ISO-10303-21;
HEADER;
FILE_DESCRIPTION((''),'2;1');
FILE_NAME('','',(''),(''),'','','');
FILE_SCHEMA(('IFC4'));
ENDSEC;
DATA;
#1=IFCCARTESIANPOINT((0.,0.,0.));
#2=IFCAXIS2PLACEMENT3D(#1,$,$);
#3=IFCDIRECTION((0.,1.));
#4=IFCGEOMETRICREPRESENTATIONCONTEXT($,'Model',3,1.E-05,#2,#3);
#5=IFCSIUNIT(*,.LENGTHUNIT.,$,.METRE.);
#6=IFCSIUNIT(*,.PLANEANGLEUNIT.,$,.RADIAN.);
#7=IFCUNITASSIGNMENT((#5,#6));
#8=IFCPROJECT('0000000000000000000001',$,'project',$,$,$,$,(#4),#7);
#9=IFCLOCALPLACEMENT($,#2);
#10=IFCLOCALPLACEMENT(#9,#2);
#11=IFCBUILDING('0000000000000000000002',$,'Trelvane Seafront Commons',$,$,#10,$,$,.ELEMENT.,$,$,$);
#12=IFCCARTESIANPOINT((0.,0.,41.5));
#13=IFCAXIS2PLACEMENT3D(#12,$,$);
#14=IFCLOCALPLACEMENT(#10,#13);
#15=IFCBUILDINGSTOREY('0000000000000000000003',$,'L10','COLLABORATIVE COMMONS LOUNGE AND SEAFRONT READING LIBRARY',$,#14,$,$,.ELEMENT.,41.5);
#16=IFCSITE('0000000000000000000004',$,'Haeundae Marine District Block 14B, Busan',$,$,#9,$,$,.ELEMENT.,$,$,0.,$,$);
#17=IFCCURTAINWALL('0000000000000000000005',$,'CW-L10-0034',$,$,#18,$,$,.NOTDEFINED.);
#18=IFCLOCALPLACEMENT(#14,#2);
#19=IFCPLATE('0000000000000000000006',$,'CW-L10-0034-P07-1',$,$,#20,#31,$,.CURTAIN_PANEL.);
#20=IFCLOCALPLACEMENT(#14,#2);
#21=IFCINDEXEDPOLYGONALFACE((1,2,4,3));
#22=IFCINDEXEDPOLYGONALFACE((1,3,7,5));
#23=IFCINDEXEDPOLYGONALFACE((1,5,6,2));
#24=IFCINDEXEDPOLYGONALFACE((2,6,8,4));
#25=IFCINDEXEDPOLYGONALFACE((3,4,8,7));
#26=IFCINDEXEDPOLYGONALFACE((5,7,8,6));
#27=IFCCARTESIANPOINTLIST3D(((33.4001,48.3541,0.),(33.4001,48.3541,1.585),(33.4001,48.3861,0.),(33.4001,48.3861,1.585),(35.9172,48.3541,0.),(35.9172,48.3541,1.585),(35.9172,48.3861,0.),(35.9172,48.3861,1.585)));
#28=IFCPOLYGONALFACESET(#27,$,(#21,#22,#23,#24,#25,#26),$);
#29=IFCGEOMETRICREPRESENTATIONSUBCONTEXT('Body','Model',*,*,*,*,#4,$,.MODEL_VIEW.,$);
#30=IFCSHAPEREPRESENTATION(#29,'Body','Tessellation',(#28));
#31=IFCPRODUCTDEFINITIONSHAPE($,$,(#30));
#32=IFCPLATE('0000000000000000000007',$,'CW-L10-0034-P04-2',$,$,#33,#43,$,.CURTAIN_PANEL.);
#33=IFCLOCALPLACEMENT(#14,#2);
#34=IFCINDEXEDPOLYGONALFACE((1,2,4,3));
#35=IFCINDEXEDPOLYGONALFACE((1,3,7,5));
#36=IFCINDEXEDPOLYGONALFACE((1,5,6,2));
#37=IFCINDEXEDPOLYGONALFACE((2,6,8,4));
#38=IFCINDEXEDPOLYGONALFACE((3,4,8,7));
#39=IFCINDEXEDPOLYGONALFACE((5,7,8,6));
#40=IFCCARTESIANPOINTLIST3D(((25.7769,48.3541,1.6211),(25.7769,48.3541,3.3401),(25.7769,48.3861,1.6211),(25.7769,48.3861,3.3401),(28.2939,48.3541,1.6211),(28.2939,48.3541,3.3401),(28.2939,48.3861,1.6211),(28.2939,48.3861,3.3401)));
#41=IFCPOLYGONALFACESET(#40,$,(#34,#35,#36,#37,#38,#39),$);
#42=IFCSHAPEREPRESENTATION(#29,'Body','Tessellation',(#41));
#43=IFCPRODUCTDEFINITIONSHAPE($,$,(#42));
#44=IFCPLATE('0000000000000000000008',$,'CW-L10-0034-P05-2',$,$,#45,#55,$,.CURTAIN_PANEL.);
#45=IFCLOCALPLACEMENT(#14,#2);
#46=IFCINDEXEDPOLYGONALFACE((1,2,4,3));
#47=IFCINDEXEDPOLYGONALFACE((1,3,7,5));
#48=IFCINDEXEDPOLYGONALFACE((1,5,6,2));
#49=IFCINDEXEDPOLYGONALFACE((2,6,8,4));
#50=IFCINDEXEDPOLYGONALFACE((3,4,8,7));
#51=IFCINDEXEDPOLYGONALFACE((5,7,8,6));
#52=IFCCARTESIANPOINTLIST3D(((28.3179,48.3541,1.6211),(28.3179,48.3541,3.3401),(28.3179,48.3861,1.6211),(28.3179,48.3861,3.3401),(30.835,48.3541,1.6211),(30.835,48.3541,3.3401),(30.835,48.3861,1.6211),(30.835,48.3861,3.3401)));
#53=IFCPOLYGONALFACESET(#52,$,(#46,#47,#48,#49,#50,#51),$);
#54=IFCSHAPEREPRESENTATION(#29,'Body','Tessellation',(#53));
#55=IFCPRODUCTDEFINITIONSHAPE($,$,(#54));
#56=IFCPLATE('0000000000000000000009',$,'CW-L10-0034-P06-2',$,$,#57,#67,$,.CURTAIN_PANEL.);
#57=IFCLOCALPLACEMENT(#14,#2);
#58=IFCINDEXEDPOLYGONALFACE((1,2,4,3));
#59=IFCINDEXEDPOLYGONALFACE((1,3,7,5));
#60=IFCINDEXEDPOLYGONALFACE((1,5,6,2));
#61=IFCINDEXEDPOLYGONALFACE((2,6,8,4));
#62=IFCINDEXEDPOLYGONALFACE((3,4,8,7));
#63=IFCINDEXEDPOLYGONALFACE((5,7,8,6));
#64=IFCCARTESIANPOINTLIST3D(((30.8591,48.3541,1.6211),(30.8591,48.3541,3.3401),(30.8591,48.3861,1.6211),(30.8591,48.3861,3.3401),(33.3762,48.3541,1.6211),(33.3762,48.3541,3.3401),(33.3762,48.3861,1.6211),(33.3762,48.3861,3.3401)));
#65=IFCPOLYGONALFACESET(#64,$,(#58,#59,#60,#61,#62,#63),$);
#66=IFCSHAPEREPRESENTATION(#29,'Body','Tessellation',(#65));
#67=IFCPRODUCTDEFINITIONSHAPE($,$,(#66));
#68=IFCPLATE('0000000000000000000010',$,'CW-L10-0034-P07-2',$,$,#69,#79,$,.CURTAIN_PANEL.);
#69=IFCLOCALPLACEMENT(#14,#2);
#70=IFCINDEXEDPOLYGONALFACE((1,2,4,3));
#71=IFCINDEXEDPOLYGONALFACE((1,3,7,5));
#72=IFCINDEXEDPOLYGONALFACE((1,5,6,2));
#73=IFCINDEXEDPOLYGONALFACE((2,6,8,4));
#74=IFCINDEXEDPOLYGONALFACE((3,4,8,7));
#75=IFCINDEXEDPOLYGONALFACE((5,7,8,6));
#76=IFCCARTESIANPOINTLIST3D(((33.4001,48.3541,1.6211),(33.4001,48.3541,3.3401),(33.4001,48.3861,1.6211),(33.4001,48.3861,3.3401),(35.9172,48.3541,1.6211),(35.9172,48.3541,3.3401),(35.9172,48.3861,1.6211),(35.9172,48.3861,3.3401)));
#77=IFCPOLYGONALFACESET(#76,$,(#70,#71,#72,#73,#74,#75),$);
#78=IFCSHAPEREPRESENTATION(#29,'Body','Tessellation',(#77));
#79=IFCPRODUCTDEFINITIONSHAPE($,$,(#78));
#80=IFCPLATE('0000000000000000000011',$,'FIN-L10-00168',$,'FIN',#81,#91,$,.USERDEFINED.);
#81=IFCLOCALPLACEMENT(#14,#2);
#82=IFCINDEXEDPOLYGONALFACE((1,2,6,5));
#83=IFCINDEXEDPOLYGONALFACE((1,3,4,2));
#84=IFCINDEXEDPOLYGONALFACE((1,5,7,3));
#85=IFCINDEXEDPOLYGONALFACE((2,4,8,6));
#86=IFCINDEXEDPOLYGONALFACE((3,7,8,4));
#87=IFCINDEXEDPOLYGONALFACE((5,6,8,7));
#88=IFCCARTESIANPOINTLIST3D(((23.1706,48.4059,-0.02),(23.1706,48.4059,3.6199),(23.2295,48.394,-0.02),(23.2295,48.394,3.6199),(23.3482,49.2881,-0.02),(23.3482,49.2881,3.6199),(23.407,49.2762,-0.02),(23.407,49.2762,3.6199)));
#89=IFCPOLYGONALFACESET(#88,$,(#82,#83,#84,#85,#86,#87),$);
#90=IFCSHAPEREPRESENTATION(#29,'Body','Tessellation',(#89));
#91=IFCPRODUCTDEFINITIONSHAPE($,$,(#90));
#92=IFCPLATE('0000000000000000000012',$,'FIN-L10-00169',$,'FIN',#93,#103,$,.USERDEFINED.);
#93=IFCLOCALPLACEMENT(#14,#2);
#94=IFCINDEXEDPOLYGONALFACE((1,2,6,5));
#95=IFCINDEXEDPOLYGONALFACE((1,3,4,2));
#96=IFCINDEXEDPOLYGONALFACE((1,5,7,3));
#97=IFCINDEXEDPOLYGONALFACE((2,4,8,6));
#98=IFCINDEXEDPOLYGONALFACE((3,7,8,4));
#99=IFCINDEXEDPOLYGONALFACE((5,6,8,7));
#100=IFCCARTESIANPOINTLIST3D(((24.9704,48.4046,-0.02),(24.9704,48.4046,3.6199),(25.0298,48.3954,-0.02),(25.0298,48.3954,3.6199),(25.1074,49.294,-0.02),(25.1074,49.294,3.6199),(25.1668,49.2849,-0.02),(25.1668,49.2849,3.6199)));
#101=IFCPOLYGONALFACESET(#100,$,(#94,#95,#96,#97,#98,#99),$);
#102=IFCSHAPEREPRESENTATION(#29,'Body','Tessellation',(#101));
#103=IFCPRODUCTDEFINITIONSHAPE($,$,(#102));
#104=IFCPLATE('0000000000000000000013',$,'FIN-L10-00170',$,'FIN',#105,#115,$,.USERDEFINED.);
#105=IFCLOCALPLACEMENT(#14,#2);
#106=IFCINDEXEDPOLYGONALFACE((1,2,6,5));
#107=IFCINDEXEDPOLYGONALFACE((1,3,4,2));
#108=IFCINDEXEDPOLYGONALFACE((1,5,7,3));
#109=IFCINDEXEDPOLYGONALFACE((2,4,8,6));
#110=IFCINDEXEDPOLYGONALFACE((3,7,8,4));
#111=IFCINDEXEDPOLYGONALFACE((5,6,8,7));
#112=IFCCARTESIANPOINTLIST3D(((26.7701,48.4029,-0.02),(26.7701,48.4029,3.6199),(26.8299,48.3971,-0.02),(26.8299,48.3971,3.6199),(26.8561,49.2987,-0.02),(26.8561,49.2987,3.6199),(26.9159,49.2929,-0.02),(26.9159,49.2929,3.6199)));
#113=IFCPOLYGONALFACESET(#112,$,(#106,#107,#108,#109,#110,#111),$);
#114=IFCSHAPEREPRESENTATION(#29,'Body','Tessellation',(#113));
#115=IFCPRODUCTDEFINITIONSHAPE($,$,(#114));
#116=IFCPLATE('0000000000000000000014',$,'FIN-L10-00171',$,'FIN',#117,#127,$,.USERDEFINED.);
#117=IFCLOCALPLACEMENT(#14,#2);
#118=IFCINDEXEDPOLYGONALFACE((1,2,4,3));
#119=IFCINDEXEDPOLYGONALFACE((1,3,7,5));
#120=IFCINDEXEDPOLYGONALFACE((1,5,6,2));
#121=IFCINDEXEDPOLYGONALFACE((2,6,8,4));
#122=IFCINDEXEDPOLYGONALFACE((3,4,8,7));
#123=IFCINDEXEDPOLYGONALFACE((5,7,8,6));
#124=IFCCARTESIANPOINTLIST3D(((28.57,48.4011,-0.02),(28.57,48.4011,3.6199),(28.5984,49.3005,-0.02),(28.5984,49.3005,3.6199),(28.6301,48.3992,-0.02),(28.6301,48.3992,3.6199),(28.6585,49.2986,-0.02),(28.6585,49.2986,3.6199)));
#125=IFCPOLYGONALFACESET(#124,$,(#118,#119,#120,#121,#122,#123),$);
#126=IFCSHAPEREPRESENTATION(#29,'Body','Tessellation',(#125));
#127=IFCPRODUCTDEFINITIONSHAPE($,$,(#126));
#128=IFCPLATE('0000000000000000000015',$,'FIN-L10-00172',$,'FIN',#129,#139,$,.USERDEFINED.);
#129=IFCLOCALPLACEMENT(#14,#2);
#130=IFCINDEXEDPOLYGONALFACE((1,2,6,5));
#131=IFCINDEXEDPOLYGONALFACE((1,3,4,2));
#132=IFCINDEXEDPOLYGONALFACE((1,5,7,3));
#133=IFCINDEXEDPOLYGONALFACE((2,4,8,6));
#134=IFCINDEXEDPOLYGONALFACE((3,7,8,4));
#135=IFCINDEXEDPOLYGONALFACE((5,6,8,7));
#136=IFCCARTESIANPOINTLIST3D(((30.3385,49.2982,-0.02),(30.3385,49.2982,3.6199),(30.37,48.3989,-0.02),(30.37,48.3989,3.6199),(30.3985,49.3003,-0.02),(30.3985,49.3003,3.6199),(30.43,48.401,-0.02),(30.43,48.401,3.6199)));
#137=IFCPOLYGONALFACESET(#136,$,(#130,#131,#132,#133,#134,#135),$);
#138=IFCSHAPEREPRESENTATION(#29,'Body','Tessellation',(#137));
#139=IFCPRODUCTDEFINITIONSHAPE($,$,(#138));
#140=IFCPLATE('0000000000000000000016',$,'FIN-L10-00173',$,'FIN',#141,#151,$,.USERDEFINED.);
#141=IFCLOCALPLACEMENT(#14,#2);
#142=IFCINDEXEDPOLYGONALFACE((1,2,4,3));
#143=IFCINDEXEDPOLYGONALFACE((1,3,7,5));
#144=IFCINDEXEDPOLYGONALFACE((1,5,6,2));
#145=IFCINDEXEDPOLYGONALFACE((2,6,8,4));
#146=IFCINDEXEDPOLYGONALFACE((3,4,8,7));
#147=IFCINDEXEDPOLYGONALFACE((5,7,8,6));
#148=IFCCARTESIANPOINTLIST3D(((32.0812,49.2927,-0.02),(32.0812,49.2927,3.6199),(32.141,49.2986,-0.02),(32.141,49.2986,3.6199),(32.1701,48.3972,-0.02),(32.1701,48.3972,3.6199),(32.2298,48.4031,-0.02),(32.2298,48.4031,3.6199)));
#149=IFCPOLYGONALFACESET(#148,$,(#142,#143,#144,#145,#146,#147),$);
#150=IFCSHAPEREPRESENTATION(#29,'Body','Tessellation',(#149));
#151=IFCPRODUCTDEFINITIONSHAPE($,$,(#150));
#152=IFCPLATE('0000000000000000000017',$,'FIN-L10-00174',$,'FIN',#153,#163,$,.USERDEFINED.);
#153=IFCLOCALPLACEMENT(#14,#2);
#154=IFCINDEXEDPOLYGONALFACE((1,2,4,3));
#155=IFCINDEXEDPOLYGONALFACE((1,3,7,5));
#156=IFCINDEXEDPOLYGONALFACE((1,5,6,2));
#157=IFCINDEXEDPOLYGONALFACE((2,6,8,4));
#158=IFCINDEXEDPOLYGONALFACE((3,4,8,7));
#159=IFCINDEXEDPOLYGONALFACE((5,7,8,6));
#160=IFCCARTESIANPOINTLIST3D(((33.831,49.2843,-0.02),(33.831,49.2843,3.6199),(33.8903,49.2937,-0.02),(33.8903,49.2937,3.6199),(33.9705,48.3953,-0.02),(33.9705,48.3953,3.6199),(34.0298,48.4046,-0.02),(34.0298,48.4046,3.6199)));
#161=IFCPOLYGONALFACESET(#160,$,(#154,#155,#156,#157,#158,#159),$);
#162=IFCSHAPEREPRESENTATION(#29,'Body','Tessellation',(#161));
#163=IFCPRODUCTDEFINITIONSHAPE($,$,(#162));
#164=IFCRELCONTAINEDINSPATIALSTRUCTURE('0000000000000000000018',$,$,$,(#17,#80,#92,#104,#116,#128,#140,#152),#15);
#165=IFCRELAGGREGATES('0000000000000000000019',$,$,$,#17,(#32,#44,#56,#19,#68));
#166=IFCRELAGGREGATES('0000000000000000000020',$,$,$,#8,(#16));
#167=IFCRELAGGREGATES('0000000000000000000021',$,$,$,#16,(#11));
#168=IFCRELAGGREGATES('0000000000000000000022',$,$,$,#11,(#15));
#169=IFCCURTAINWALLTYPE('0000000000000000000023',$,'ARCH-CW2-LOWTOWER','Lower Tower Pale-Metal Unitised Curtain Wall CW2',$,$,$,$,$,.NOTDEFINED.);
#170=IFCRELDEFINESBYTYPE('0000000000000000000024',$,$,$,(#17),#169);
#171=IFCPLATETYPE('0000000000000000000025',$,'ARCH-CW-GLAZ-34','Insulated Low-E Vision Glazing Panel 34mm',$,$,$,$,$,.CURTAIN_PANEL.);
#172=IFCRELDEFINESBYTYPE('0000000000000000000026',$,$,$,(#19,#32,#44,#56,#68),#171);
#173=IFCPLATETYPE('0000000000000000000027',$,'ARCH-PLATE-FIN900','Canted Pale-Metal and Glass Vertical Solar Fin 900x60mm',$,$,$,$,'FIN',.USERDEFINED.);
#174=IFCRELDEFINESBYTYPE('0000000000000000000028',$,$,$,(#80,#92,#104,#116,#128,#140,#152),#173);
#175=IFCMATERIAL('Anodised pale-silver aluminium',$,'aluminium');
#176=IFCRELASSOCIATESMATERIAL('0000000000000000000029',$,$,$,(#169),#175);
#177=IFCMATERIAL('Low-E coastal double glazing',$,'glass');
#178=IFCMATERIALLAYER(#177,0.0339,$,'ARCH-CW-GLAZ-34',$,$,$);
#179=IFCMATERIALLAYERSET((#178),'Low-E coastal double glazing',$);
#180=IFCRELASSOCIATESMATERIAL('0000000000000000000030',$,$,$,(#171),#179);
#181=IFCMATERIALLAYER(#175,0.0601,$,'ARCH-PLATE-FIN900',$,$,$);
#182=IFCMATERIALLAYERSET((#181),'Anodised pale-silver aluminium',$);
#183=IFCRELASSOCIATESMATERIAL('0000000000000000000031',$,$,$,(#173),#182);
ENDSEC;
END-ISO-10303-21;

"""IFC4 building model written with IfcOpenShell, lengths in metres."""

from ifc_helpers import new_model, si_unit, direction, frame, origin, origin_2d, place, context, subcontext, project, spatial, rectangle, extrude, source, transform, mapped, material, layer, layer_set, type_object, element, aggregate, save


model = new_model("IFC4")

# Units and contexts
model_context = context("Model", 3, precision=1e-05, world=origin(), true_north=direction((0.0, 1.0)))
body_context = subcontext(model_context, "Body", "Model", "MODEL_VIEW")
ifc_project = project(units=[si_unit("LENGTHUNIT", "METRE"), si_unit("PLANEANGLEUNIT", "RADIAN")], contexts=[model_context])

# Site, building, storey
site_placement = place(None, origin())
site = spatial("IfcSite", under=ifc_project, at=site_placement, Name="Haeundae Marine District Block 14B, Busan", CompositionType="ELEMENT", RefElevation=0.0)
building_placement = place(site_placement, origin())
building = spatial("IfcBuilding", under=site, at=building_placement, Name="Trelvane Seafront Commons", CompositionType="ELEMENT")
storey_placement = place(building_placement, frame((0.0, 0.0, 41.5)))
storey = spatial("IfcBuildingStorey", under=building, at=storey_placement, Name="L10", Description="COLLABORATIVE COMMONS LOUNGE AND SEAFRONT READING LIBRARY", CompositionType="ELEMENT", Elevation=41.5)

# Curtain wall, plates
ifc_material_1 = material(Name="Anodised pale-silver aluminium", Category="aluminium")
curtain_wall_type = type_object("IfcCurtainWallType", Name="ARCH-CW2-LOWTOWER", Description="Lower Tower Pale-Metal Unitised Curtain Wall CW2", PredefinedType="NOTDEFINED", material=ifc_material_1)
curtain_wall_placement = place(storey_placement, origin())
curtain_wall = element("IfcCurtainWall", 1, at=curtain_wall_placement, inside=storey, type_object=curtain_wall_type, Name="CW-L10-0034", PredefinedType="NOTDEFINED")
ifc_material_2 = material(Name="Low-E coastal double glazing", Category="glass")
ifc_layer_1 = layer(ifc_material_2, 0.0339, Name="ARCH-CW-GLAZ-34")
ifc_layer_set_1 = layer_set([ifc_layer_1], Name="Low-E coastal double glazing")
plate_type_1 = type_object("IfcPlateType", Name="ARCH-CW-GLAZ-34", Description="Insulated Low-E Vision Glazing Panel 34mm", PredefinedType="CURTAIN_PANEL", material=ifc_layer_set_1)
shared_shape_1 = source(origin(), body_context, "Body", "SweptSolid", [
    extrude(rectangle(XDim=2.5171, YDim=0.032, at=origin_2d()), origin(), (0.0, 0.0, 1.0), 1.585),
])
plate_1_placement = place(storey_placement, frame((34.6587, 48.3701, 0.0), z_axis=(0.0, 0.0, 1.0), x_axis=(1.0, 0.0, 0.0)))
plate_1 = element("IfcPlate", 2, at=plate_1_placement, type_object=plate_type_1, Name="CW-L10-0034-P07-1", PredefinedType="CURTAIN_PANEL", context=body_context, shape_type="MappedRepresentation", body=[
    mapped(shared_shape_1, transform((0.0, 0.0, 0.0), x_axis=(1.0, 0.0, 0.0), y_axis=(0.0, 1.0, 0.0), z_axis=(0.0, 0.0, 1.0), scale=1.0)),
])
shared_shape_2 = source(origin(), body_context, "Body", "SweptSolid", [
    extrude(rectangle(XDim=2.5171, YDim=0.032, at=origin_2d()), origin(), (0.0, 0.0, 1.0), 1.719),
])
plate_2_placement = place(storey_placement, frame((27.0354, 48.3701, 1.6211), z_axis=(0.0, 0.0, 1.0), x_axis=(1.0, 0.0, 0.0)))
plate_2 = element("IfcPlate", 3, at=plate_2_placement, type_object=plate_type_1, Name="CW-L10-0034-P04-2", PredefinedType="CURTAIN_PANEL", context=body_context, shape_type="MappedRepresentation", body=[
    mapped(shared_shape_2, transform((0.0, 0.0, 0.0), x_axis=(1.0, 0.0, 0.0), y_axis=(0.0, 1.0, 0.0), z_axis=(0.0, 0.0, 1.0), scale=1.0)),
])
plate_3_placement = place(storey_placement, frame((29.5764, 48.3701, 1.6211), z_axis=(0.0, 0.0, 1.0), x_axis=(1.0, 0.0, 0.0)))
plate_3 = element("IfcPlate", 4, at=plate_3_placement, type_object=plate_type_1, Name="CW-L10-0034-P05-2", PredefinedType="CURTAIN_PANEL", context=body_context, shape_type="MappedRepresentation", body=[
    mapped(shared_shape_2, transform((0.0, 0.0, 0.0), x_axis=(1.0, 0.0, 0.0), y_axis=(0.0, 1.0, 0.0), z_axis=(0.0, 0.0, 1.0), scale=1.0)),
])
plate_4_placement = place(storey_placement, frame((32.1177, 48.3701, 1.6211), z_axis=(0.0, 0.0, 1.0), x_axis=(1.0, 0.0, 0.0)))
plate_4 = element("IfcPlate", 5, at=plate_4_placement, type_object=plate_type_1, Name="CW-L10-0034-P06-2", PredefinedType="CURTAIN_PANEL", context=body_context, shape_type="MappedRepresentation", body=[
    mapped(shared_shape_2, transform((0.0, 0.0, 0.0), x_axis=(1.0, 0.0, 0.0), y_axis=(0.0, 1.0, 0.0), z_axis=(0.0, 0.0, 1.0), scale=1.0)),
])
plate_5_placement = place(storey_placement, frame((34.6587, 48.3701, 1.6211), z_axis=(0.0, 0.0, 1.0), x_axis=(1.0, 0.0, 0.0)))
plate_5 = element("IfcPlate", 6, at=plate_5_placement, type_object=plate_type_1, Name="CW-L10-0034-P07-2", PredefinedType="CURTAIN_PANEL", context=body_context, shape_type="MappedRepresentation", body=[
    mapped(shared_shape_2, transform((0.0, 0.0, 0.0), x_axis=(1.0, 0.0, 0.0), y_axis=(0.0, 1.0, 0.0), z_axis=(0.0, 0.0, 1.0), scale=1.0)),
])
aggregate(curtain_wall, [plate_2, plate_3, plate_4, plate_1, plate_5])

# Plates
ifc_layer_2 = layer(ifc_material_1, 0.0601, Name="ARCH-PLATE-FIN900")
ifc_layer_set_2 = layer_set([ifc_layer_2], Name="Anodised pale-silver aluminium")
plate_type_2 = type_object("IfcPlateType", Name="ARCH-PLATE-FIN900", Description="Canted Pale-Metal and Glass Vertical Solar Fin 900x60mm", ElementType="FIN", PredefinedType="USERDEFINED", material=ifc_layer_set_2)
shared_shape_3 = source(origin(), body_context, "Body", "SweptSolid", [
    extrude(rectangle(XDim=0.8999, YDim=0.0601, at=origin_2d()), origin(), (0.0, 0.0, 1.0), 3.6399),
])
for number, where, z_axis, x_axis, name in (
    (7, (23.2888, 48.8411, -0.02), (0.0, 0.0, 1.0), (0.197334, 0.980336, 0.0), "FIN-L10-00168"),
    (8, (25.0686, 48.8447, -0.02), (0.0, 0.0, 1.0), (0.152223, 0.988346, 0.0), "FIN-L10-00169"),
    (9, (26.843, 48.8479, -0.02), (0.0, 0.0, 1.0), (0.095554, 0.995424, 0.0), "FIN-L10-00170"),
    (10, (28.6143, 48.8499, -0.02), (0.0, 0.0, 1.0), (0.031554, 0.999502, 0.0), "FIN-L10-00171"),
    (11, (30.3843, 48.8496, -0.02), (0.0, 0.0, 1.0), (-0.035002, 0.999387, 0.0), "FIN-L10-00172"),
    (12, (32.1555, 48.8479, -0.02), (0.0, 0.0, 1.0), (-0.098778, 0.99511, 0.0), "FIN-L10-00173"),
    (13, (33.9304, 48.8445, -0.02), (0.0, 0.0, 1.0), (-0.155004, 0.987914, 0.0), "FIN-L10-00174"),
):
    element("IfcPlate", number, at=place(storey_placement, frame(where, z_axis=z_axis, x_axis=x_axis)), inside=storey, type_object=plate_type_2, Name=name, ObjectType="FIN", PredefinedType="USERDEFINED", context=body_context, shape_type="MappedRepresentation", body=[
        mapped(shared_shape_3, transform((0.0, 0.0, 0.0), x_axis=(1.0, 0.0, 0.0), y_axis=(0.0, 1.0, 0.0), z_axis=(0.0, 0.0, 1.0), scale=1.0)),
    ])

save(model, "model.ifc")
